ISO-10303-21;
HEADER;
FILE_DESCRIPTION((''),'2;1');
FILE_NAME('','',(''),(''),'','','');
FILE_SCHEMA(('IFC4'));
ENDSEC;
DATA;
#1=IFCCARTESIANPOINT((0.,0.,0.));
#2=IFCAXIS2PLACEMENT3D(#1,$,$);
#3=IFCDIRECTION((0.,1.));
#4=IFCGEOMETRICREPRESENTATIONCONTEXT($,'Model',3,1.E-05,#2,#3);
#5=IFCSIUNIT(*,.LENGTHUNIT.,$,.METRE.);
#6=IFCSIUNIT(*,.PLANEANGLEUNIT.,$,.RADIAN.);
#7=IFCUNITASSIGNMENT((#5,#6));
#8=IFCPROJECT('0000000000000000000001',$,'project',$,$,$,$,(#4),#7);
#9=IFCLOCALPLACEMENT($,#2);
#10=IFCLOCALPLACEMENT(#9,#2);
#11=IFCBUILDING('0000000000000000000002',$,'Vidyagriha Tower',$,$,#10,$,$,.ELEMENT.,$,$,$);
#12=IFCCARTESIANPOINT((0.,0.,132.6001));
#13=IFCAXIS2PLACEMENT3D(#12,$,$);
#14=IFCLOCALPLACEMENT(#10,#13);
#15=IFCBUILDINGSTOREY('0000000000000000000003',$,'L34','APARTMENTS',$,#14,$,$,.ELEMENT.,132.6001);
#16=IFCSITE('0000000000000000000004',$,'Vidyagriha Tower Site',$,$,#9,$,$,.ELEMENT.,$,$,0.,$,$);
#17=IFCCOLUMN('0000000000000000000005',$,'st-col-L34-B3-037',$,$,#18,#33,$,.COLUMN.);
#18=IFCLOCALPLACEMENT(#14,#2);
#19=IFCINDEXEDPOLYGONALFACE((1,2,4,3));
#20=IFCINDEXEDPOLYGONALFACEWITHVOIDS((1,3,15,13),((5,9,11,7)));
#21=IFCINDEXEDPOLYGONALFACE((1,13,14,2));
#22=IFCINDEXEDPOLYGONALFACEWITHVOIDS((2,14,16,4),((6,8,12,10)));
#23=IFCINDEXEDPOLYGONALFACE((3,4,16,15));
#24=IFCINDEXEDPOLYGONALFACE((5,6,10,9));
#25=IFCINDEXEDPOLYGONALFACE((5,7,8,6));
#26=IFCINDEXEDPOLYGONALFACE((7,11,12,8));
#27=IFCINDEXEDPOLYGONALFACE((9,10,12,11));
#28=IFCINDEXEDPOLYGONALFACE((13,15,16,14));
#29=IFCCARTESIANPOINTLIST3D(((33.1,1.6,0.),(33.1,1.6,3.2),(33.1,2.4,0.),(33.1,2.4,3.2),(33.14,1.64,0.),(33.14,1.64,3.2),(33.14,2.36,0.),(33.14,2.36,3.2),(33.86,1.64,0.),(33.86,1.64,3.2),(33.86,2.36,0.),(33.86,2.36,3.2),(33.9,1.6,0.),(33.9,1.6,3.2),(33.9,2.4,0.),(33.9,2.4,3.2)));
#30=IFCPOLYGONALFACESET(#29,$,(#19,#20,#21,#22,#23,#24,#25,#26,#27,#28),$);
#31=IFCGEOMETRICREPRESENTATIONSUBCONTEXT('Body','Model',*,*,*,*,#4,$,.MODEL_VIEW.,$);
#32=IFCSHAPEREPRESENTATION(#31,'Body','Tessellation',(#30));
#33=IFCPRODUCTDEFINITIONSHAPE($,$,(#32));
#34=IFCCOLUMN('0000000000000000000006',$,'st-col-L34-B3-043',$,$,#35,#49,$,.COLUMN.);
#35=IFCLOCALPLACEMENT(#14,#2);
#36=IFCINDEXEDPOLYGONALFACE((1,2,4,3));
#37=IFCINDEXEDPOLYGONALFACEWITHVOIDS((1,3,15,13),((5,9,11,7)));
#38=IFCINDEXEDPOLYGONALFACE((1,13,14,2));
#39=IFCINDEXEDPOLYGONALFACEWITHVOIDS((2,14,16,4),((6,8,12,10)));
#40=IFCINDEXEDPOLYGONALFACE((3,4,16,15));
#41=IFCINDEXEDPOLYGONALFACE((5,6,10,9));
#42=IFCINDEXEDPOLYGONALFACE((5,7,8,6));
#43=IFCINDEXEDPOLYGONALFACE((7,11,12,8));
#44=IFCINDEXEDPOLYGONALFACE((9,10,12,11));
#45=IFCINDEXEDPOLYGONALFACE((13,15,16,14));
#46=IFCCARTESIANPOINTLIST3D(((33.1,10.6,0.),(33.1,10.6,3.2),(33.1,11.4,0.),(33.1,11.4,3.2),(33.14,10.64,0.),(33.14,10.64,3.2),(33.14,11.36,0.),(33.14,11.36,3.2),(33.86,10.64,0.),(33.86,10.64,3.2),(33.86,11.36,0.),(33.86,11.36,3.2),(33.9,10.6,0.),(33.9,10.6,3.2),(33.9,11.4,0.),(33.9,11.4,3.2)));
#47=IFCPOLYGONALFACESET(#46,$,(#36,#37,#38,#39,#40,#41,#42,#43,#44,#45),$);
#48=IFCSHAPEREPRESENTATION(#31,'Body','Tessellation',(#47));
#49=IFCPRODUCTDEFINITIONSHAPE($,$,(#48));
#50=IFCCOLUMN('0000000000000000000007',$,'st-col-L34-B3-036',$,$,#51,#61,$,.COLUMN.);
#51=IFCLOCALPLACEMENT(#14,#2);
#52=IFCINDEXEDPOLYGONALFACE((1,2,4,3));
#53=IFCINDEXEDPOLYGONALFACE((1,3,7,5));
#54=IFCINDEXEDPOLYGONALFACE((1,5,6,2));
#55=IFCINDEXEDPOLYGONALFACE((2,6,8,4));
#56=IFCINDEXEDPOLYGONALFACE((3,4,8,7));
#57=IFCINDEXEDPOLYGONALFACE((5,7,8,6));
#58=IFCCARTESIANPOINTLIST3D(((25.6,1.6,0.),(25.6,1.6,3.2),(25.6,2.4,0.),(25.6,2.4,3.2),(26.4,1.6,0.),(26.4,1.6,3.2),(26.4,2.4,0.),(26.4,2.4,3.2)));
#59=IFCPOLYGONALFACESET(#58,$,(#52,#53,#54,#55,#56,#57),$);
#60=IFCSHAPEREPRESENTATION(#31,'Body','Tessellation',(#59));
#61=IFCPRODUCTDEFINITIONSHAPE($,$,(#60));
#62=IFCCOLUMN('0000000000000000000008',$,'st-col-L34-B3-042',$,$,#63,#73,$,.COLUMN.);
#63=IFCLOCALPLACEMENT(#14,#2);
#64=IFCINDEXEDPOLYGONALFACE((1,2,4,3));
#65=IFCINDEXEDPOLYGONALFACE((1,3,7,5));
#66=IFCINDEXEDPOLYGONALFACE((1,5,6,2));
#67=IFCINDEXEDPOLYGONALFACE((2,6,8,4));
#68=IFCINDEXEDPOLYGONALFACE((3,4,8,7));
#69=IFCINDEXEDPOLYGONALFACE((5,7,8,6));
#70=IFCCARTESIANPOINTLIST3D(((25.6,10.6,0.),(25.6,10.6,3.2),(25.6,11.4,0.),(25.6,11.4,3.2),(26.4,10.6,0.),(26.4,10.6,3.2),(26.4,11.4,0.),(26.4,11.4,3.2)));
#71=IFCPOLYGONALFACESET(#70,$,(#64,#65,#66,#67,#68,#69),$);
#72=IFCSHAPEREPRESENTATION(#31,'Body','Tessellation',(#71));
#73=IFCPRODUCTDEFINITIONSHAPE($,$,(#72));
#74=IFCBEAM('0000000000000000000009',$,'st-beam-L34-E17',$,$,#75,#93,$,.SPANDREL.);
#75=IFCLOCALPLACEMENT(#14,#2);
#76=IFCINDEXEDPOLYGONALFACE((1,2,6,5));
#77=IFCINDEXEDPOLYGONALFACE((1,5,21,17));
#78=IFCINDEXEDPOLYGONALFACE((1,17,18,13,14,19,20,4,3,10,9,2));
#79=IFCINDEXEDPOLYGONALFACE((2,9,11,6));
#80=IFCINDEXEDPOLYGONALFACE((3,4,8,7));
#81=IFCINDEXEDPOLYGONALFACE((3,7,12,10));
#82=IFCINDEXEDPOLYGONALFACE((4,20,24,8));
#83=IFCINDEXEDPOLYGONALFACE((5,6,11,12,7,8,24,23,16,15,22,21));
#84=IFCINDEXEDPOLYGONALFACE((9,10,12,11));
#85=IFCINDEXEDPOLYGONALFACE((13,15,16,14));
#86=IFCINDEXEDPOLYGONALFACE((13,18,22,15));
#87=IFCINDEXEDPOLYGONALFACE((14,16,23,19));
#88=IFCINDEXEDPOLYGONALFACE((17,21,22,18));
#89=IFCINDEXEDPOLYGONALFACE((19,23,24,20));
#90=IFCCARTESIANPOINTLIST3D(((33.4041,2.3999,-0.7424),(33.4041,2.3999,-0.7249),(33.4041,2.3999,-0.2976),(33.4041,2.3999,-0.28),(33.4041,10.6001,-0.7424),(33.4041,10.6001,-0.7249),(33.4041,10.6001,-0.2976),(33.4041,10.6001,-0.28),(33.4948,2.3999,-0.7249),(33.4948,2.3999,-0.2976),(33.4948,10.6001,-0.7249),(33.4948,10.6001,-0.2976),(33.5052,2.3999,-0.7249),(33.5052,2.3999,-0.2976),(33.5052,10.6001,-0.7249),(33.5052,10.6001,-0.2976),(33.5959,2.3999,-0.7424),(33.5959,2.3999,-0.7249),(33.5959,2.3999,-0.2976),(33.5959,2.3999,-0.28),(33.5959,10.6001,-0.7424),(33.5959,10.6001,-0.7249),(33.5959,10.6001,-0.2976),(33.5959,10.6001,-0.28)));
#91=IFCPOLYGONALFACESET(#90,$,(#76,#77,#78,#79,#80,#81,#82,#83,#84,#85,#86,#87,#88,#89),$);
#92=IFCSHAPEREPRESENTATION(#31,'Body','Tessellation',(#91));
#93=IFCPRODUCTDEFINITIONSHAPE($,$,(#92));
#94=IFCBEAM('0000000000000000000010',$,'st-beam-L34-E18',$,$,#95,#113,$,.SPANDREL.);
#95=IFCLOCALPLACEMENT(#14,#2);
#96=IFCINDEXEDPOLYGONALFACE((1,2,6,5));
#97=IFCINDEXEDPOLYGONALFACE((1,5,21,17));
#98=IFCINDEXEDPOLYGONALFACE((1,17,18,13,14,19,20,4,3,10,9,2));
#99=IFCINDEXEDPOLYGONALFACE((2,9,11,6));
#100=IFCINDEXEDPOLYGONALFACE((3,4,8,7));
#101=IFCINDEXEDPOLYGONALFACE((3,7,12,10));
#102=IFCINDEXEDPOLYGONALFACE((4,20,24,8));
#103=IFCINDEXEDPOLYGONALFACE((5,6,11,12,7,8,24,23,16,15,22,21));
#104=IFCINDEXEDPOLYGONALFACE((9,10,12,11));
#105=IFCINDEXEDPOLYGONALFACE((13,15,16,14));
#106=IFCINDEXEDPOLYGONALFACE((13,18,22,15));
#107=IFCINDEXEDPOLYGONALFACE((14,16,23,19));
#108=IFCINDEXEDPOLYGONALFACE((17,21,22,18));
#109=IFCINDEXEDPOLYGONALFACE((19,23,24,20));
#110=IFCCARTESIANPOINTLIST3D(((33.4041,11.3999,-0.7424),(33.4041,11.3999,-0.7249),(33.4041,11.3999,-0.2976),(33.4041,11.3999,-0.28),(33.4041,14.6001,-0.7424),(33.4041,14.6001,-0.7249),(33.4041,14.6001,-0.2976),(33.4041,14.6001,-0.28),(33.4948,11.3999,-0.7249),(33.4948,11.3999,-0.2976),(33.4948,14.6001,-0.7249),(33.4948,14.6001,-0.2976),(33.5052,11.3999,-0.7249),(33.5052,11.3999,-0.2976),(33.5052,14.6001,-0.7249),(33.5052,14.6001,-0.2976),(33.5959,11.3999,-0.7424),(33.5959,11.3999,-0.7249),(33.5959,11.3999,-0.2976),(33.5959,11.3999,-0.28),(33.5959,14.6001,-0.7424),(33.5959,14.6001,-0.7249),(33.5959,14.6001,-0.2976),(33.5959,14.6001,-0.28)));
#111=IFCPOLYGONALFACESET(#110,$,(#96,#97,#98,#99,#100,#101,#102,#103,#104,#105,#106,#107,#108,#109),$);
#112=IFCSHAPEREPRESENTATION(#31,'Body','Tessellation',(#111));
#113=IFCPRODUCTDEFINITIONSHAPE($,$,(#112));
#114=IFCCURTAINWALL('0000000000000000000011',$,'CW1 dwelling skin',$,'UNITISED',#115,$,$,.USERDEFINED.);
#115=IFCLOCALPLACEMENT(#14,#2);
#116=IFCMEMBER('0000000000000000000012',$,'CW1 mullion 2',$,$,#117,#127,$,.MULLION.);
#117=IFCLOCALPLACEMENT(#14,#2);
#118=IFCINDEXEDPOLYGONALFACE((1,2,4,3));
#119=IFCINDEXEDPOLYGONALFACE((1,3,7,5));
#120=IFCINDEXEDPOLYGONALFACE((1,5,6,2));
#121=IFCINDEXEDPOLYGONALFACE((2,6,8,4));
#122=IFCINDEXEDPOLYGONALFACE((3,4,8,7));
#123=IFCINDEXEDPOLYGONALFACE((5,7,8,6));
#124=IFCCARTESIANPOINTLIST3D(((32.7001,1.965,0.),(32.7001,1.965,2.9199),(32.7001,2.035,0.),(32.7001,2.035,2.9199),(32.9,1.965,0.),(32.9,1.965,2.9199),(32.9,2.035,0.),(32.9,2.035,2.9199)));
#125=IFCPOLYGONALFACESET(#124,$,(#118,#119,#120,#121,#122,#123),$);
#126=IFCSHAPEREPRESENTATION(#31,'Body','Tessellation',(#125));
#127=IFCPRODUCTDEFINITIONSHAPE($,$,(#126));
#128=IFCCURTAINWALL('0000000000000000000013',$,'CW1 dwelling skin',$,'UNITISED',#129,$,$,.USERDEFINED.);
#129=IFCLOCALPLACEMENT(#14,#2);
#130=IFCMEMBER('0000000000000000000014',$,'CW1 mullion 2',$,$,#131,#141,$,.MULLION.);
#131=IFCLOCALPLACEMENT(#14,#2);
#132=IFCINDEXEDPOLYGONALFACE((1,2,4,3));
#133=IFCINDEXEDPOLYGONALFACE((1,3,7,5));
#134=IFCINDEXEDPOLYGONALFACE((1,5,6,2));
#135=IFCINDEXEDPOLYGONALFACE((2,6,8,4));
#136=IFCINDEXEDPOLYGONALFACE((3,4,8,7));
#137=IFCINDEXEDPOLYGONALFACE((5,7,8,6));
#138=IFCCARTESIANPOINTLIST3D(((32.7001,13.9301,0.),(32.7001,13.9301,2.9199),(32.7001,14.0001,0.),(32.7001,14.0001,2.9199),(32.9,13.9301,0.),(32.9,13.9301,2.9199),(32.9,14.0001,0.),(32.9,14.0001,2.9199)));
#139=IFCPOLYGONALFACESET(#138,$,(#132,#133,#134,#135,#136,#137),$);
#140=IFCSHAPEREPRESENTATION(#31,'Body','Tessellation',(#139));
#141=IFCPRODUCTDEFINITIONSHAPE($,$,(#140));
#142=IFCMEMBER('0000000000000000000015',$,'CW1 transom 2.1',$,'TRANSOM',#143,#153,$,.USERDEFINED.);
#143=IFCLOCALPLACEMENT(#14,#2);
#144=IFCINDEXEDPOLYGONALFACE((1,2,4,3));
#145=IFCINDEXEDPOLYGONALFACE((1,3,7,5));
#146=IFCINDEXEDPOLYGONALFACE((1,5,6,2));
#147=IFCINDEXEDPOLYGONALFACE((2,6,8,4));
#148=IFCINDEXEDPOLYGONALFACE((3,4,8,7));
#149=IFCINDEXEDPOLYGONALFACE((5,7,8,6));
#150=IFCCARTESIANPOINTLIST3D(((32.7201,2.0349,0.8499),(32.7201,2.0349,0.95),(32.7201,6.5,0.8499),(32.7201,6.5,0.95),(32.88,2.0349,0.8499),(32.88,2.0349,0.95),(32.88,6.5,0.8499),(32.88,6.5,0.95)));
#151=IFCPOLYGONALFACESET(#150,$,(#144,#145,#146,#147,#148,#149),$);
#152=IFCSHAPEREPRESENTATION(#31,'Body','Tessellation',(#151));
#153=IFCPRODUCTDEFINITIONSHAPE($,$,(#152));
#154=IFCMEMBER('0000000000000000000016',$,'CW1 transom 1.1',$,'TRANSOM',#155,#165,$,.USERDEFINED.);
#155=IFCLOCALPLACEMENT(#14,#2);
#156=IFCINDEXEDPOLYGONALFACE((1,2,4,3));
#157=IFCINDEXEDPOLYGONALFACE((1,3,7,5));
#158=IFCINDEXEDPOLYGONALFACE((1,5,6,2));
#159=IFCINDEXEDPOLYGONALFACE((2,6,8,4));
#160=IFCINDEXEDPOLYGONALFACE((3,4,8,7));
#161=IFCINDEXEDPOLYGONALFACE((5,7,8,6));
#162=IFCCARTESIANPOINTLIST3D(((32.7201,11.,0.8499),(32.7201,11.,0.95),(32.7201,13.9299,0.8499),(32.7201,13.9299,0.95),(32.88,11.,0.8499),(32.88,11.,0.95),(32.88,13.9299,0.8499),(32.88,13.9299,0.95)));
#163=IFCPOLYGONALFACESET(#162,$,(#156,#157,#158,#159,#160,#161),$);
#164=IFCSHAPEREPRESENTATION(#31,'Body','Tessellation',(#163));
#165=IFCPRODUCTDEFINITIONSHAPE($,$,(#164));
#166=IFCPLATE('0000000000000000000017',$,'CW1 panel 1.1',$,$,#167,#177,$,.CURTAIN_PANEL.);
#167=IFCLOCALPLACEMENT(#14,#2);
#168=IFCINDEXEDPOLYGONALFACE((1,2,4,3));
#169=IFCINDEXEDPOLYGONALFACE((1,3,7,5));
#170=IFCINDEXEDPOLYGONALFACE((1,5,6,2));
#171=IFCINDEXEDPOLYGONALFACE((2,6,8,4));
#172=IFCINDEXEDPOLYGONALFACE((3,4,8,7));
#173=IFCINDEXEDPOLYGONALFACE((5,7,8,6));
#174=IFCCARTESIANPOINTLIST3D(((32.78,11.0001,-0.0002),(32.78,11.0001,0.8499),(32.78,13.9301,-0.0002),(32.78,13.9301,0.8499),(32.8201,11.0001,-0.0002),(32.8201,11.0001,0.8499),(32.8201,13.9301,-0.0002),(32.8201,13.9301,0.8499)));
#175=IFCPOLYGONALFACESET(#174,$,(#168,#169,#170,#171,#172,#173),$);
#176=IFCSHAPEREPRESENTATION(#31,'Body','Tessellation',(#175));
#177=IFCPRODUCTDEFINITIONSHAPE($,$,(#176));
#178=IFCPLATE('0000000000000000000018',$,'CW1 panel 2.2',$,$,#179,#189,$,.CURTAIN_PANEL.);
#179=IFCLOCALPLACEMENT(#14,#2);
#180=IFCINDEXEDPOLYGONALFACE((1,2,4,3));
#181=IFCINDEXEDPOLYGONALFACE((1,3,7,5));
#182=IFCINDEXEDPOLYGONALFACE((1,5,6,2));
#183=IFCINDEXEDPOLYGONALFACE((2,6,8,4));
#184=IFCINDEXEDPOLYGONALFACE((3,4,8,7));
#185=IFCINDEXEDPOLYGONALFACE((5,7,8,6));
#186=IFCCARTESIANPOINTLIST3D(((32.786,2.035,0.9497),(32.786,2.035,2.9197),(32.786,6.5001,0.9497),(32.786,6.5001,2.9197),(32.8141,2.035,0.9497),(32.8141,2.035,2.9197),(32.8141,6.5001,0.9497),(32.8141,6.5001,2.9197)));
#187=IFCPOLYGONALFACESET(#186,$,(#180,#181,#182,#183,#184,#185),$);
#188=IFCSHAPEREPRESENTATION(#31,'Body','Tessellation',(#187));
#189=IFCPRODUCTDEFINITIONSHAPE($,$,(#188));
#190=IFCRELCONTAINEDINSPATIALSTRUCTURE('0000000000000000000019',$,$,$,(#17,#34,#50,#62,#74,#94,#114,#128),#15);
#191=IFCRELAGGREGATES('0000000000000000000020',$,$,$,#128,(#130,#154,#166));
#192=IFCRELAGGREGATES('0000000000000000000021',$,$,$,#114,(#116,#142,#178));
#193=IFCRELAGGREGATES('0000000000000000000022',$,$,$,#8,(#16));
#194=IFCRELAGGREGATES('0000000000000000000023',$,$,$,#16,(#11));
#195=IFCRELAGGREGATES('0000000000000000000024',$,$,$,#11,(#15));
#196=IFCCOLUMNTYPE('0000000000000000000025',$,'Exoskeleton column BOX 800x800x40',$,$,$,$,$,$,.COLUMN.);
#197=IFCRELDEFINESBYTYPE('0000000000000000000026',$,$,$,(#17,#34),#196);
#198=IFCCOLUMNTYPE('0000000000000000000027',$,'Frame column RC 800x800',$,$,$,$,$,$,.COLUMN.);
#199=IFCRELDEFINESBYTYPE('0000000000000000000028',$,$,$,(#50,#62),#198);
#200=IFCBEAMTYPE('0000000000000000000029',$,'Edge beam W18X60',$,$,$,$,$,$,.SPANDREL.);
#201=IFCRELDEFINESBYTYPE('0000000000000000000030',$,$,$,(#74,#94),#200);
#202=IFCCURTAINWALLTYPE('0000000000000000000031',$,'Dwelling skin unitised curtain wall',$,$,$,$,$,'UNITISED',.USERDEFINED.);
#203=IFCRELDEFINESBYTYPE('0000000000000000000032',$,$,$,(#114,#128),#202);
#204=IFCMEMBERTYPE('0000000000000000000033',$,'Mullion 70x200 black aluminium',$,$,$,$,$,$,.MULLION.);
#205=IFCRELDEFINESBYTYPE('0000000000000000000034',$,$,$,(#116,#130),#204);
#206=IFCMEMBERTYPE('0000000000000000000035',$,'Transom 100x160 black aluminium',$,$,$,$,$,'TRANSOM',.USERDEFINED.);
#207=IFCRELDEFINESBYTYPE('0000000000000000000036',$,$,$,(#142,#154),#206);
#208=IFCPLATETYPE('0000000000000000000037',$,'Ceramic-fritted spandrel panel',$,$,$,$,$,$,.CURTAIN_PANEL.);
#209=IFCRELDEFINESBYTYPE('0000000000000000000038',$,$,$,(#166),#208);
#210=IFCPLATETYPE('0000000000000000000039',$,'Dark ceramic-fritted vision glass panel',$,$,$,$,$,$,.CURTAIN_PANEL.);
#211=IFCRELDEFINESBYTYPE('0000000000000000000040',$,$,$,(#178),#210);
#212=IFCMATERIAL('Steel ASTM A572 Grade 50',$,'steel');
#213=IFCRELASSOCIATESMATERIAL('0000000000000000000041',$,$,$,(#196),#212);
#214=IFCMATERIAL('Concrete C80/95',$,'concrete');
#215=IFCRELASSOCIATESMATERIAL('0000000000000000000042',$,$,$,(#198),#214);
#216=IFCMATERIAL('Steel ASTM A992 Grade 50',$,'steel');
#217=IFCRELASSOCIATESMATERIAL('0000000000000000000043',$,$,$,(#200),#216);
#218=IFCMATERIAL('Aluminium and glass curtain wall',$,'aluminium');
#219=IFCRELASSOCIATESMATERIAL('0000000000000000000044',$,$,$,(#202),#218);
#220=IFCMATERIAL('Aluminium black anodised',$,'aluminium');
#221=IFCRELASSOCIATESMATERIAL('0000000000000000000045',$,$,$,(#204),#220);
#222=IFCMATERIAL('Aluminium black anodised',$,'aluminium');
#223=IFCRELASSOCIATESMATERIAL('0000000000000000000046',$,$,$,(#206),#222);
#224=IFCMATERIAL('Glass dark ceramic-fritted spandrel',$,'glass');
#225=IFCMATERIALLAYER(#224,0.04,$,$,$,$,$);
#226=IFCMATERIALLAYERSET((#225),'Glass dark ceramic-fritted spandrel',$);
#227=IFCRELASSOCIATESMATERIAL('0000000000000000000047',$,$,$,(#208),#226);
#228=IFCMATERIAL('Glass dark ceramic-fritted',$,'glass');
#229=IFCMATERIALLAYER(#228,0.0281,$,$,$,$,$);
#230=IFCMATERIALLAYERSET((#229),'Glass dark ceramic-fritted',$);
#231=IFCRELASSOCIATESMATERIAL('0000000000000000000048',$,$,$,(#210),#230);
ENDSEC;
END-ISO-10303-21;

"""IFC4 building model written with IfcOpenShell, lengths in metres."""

from ifc_helpers import new_model, si_unit, direction, frame, origin, origin_2d, place, context, subcontext, project, spatial, rectangle, hollow_rectangle, i_section, extrude, material, layer, layer_set, material_profile, profile_set, type_object, element, aggregate, save


model = new_model("IFC4")

# Units and contexts
model_context = context("Model", 3, precision=1e-05, world=origin(), true_north=direction((0.0, 1.0)))
body_context = subcontext(model_context, "Body", "Model", "MODEL_VIEW")
ifc_project = project(units=[si_unit("LENGTHUNIT", "METRE"), si_unit("PLANEANGLEUNIT", "RADIAN")], contexts=[model_context])

# Site, building, storey
site_placement = place(None, origin())
site = spatial("IfcSite", under=ifc_project, at=site_placement, Name="Vidyagriha Tower Site", CompositionType="ELEMENT", RefElevation=0.0)
building_placement = place(site_placement, origin())
building = spatial("IfcBuilding", under=site, at=building_placement, Name="Vidyagriha Tower", CompositionType="ELEMENT")
storey_placement = place(building_placement, frame((0.0, 0.0, 132.6001)))
storey = spatial("IfcBuildingStorey", under=building, at=storey_placement, Name="L34", Description="APARTMENTS", CompositionType="ELEMENT", Elevation=132.6001)

# Columns
ifc_material_1 = material(Name="Steel ASTM A572 Grade 50", Category="steel")
ifc_material_profile_1 = material_profile(ifc_material_1, hollow_rectangle(XDim=0.8, YDim=0.8, WallThickness=0.04, at=origin_2d()), Name="BOX 800x800x40")
ifc_profile_set_1 = profile_set([ifc_material_profile_1], Name="Steel ASTM A572 Grade 50")
column_type_1 = type_object("IfcColumnType", Name="Exoskeleton column BOX 800x800x40", PredefinedType="COLUMN", material=ifc_profile_set_1)
for number, where, name in (
    (1, (33.5, 2.0, 0.0), "st-col-L34-B3-037"),
    (2, (33.5, 11.0, 0.0), "st-col-L34-B3-043"),
):
    element("IfcColumn", number, at=place(storey_placement, frame(where)), inside=storey, type_object=column_type_1, Name=name, PredefinedType="COLUMN", context=body_context, shape_type="SweptSolid", body=[
        extrude(hollow_rectangle(XDim=0.8, YDim=0.8, WallThickness=0.04, at=origin_2d()), origin(), (0.0, 0.0, 1.0), 3.2),
    ])
ifc_material_2 = material(Name="Concrete C80/95", Category="concrete")
ifc_material_profile_2 = material_profile(ifc_material_2, rectangle(XDim=0.8, YDim=0.8, at=origin_2d()), Name="RC 800x800")
ifc_profile_set_2 = profile_set([ifc_material_profile_2], Name="Concrete C80/95")
column_type_2 = type_object("IfcColumnType", Name="Frame column RC 800x800", PredefinedType="COLUMN", material=ifc_profile_set_2)
for number, where, name in (
    (3, (26.0, 2.0, 0.0), "st-col-L34-B3-036"),
    (4, (26.0, 11.0, 0.0), "st-col-L34-B3-042"),
):
    element("IfcColumn", number, at=place(storey_placement, frame(where)), inside=storey, type_object=column_type_2, Name=name, PredefinedType="COLUMN", context=body_context, shape_type="SweptSolid", body=[
        extrude(rectangle(XDim=0.8, YDim=0.8, at=origin_2d()), origin(), (0.0, 0.0, 1.0), 3.2),
    ])

# Beams
ifc_material_3 = material(Name="Steel ASTM A992 Grade 50", Category="steel")
ifc_material_profile_3 = material_profile(ifc_material_3, i_section(OverallWidth=0.1919, OverallDepth=0.4624, WebThickness=0.0105, FlangeThickness=0.0176, at=origin_2d()), Name="W18X60")
ifc_profile_set_3 = profile_set([ifc_material_profile_3], Name="Steel ASTM A992 Grade 50")
beam_type = type_object("IfcBeamType", Name="Edge beam W18X60", PredefinedType="SPANDREL", material=ifc_profile_set_3)
beam_1_placement = place(storey_placement, frame((33.5, 2.3999, -0.5112), z_axis=(0.0, 1.0, 0.0), x_axis=(-1.0, 0.0, 0.0)))
element("IfcBeam", 5, at=beam_1_placement, inside=storey, type_object=beam_type, Name="st-beam-L34-E17", PredefinedType="SPANDREL", context=body_context, shape_type="SweptSolid", body=[
    extrude(i_section(OverallWidth=0.1919, OverallDepth=0.4624, WebThickness=0.0105, FlangeThickness=0.0176, at=origin_2d()), origin(), (0.0, 0.0, 1.0), 8.2002),
])
beam_2_placement = place(storey_placement, frame((33.5, 11.3999, -0.5112), z_axis=(0.0, 1.0, 0.0), x_axis=(-1.0, 0.0, 0.0)))
element("IfcBeam", 6, at=beam_2_placement, inside=storey, type_object=beam_type, Name="st-beam-L34-E18", PredefinedType="SPANDREL", context=body_context, shape_type="SweptSolid", body=[
    extrude(i_section(OverallWidth=0.1919, OverallDepth=0.4624, WebThickness=0.0105, FlangeThickness=0.0176, at=origin_2d()), origin(), (0.0, 0.0, 1.0), 3.2002),
])

# Curtain walls, members
ifc_material_4 = material(Name="Aluminium and glass curtain wall", Category="aluminium")
curtain_wall_type = type_object("IfcCurtainWallType", Name="Dwelling skin unitised curtain wall", ElementType="UNITISED", PredefinedType="USERDEFINED", material=ifc_material_4)
curtain_wall_1_placement = place(storey_placement, origin())
curtain_wall_1 = element("IfcCurtainWall", 7, at=curtain_wall_1_placement, inside=storey, type_object=curtain_wall_type, Name="CW1 dwelling skin", ObjectType="UNITISED", PredefinedType="USERDEFINED")
ifc_material_5 = material(Name="Aluminium black anodised", Category="aluminium")
ifc_material_profile_4 = material_profile(ifc_material_5, rectangle(XDim=0.2, YDim=0.0701, at=origin_2d()), Name="Mullion 70x200 black aluminium")
ifc_profile_set_4 = profile_set([ifc_material_profile_4], Name="Aluminium black anodised")
member_type_1 = type_object("IfcMemberType", Name="Mullion 70x200 black aluminium", PredefinedType="MULLION", material=ifc_profile_set_4)
member_1_placement = place(storey_placement, frame((32.8, 2.0, 0.0), z_axis=(0.0, 0.0, 1.0), x_axis=(-1.0, 0.0, 0.0)))
member_1 = element("IfcMember", 8, at=member_1_placement, type_object=member_type_1, Name="CW1 mullion 2", PredefinedType="MULLION", context=body_context, shape_type="SweptSolid", body=[
    extrude(rectangle(XDim=0.2, YDim=0.0701, at=origin_2d()), origin(), (0.0, 0.0, 1.0), 2.9199),
])
curtain_wall_2_placement = place(storey_placement, origin())
curtain_wall_2 = element("IfcCurtainWall", 9, at=curtain_wall_2_placement, inside=storey, type_object=curtain_wall_type, Name="CW1 dwelling skin", ObjectType="UNITISED", PredefinedType="USERDEFINED")
member_2_placement = place(storey_placement, frame((32.8, 13.9651, 0.0), z_axis=(0.0, 0.0, 1.0), x_axis=(-1.0, 0.0, 0.0)))
member_2 = element("IfcMember", 10, at=member_2_placement, type_object=member_type_1, Name="CW1 mullion 2", PredefinedType="MULLION", context=body_context, shape_type="SweptSolid", body=[
    extrude(rectangle(XDim=0.2, YDim=0.0701, at=origin_2d()), origin(), (0.0, 0.0, 1.0), 2.9199),
])

# Members
ifc_material_6 = material(Name="Aluminium black anodised", Category="aluminium")
ifc_material_profile_5 = material_profile(ifc_material_6, rectangle(XDim=0.1599, YDim=0.1001, at=origin_2d()), Name="Transom 100x160 black aluminium")
ifc_profile_set_5 = profile_set([ifc_material_profile_5], Name="Aluminium black anodised")
member_type_2 = type_object("IfcMemberType", Name="Transom 100x160 black aluminium", ElementType="TRANSOM", PredefinedType="USERDEFINED", material=ifc_profile_set_5)
member_3_placement = place(storey_placement, frame((32.8, 2.0349, 0.8999), z_axis=(0.0, 1.0, 0.0), x_axis=(-1.0, 0.0, 0.0)))
member_3 = element("IfcMember", 11, at=member_3_placement, type_object=member_type_2, Name="CW1 transom 2.1", ObjectType="TRANSOM", PredefinedType="USERDEFINED", context=body_context, shape_type="SweptSolid", body=[
    extrude(rectangle(XDim=0.1599, YDim=0.1001, at=origin_2d()), origin(), (0.0, 0.0, 1.0), 4.4651),
])
member_4_placement = place(storey_placement, frame((32.8, 11.0, 0.8999), z_axis=(0.0, 1.0, 0.0), x_axis=(-1.0, 0.0, 0.0)))
member_4 = element("IfcMember", 12, at=member_4_placement, type_object=member_type_2, Name="CW1 transom 1.1", ObjectType="TRANSOM", PredefinedType="USERDEFINED", context=body_context, shape_type="SweptSolid", body=[
    extrude(rectangle(XDim=0.1599, YDim=0.1001, at=origin_2d()), origin(), (0.0, 0.0, 1.0), 2.9299),
])

# Plates
ifc_material_7 = material(Name="Glass dark ceramic-fritted spandrel", Category="glass")
ifc_layer_1 = layer(ifc_material_7, 0.04)
ifc_layer_set_1 = layer_set([ifc_layer_1], Name="Glass dark ceramic-fritted spandrel")
plate_type_1 = type_object("IfcPlateType", Name="Ceramic-fritted spandrel panel", PredefinedType="CURTAIN_PANEL", material=ifc_layer_set_1)
plate_1_placement = place(storey_placement, frame((32.8, 12.4651, -0.0002), z_axis=(0.0, 0.0, 1.0), x_axis=(0.0, 1.0, 0.0)))
plate_1 = element("IfcPlate", 13, at=plate_1_placement, type_object=plate_type_1, Name="CW1 panel 1.1", PredefinedType="CURTAIN_PANEL", context=body_context, shape_type="SweptSolid", body=[
    extrude(rectangle(XDim=2.9299, YDim=0.04, at=origin_2d()), origin(), (0.0, 0.0, 1.0), 0.8501),
])
ifc_material_8 = material(Name="Glass dark ceramic-fritted", Category="glass")
ifc_layer_2 = layer(ifc_material_8, 0.0281)
ifc_layer_set_2 = layer_set([ifc_layer_2], Name="Glass dark ceramic-fritted")
plate_type_2 = type_object("IfcPlateType", Name="Dark ceramic-fritted vision glass panel", PredefinedType="CURTAIN_PANEL", material=ifc_layer_set_2)
plate_2_placement = place(storey_placement, frame((32.8, 4.2676, 0.9497), z_axis=(0.0, 0.0, 1.0), x_axis=(0.0, 1.0, 0.0)))
plate_2 = element("IfcPlate", 14, at=plate_2_placement, type_object=plate_type_2, Name="CW1 panel 2.2", PredefinedType="CURTAIN_PANEL", context=body_context, shape_type="SweptSolid", body=[
    extrude(rectangle(XDim=4.4651, YDim=0.0281, at=origin_2d()), origin(), (0.0, 0.0, 1.0), 1.97),
])
aggregate(curtain_wall_2, [member_2, member_4, plate_1])
aggregate(curtain_wall_1, [member_1, member_3, plate_2])

save(model, "model.ifc")
